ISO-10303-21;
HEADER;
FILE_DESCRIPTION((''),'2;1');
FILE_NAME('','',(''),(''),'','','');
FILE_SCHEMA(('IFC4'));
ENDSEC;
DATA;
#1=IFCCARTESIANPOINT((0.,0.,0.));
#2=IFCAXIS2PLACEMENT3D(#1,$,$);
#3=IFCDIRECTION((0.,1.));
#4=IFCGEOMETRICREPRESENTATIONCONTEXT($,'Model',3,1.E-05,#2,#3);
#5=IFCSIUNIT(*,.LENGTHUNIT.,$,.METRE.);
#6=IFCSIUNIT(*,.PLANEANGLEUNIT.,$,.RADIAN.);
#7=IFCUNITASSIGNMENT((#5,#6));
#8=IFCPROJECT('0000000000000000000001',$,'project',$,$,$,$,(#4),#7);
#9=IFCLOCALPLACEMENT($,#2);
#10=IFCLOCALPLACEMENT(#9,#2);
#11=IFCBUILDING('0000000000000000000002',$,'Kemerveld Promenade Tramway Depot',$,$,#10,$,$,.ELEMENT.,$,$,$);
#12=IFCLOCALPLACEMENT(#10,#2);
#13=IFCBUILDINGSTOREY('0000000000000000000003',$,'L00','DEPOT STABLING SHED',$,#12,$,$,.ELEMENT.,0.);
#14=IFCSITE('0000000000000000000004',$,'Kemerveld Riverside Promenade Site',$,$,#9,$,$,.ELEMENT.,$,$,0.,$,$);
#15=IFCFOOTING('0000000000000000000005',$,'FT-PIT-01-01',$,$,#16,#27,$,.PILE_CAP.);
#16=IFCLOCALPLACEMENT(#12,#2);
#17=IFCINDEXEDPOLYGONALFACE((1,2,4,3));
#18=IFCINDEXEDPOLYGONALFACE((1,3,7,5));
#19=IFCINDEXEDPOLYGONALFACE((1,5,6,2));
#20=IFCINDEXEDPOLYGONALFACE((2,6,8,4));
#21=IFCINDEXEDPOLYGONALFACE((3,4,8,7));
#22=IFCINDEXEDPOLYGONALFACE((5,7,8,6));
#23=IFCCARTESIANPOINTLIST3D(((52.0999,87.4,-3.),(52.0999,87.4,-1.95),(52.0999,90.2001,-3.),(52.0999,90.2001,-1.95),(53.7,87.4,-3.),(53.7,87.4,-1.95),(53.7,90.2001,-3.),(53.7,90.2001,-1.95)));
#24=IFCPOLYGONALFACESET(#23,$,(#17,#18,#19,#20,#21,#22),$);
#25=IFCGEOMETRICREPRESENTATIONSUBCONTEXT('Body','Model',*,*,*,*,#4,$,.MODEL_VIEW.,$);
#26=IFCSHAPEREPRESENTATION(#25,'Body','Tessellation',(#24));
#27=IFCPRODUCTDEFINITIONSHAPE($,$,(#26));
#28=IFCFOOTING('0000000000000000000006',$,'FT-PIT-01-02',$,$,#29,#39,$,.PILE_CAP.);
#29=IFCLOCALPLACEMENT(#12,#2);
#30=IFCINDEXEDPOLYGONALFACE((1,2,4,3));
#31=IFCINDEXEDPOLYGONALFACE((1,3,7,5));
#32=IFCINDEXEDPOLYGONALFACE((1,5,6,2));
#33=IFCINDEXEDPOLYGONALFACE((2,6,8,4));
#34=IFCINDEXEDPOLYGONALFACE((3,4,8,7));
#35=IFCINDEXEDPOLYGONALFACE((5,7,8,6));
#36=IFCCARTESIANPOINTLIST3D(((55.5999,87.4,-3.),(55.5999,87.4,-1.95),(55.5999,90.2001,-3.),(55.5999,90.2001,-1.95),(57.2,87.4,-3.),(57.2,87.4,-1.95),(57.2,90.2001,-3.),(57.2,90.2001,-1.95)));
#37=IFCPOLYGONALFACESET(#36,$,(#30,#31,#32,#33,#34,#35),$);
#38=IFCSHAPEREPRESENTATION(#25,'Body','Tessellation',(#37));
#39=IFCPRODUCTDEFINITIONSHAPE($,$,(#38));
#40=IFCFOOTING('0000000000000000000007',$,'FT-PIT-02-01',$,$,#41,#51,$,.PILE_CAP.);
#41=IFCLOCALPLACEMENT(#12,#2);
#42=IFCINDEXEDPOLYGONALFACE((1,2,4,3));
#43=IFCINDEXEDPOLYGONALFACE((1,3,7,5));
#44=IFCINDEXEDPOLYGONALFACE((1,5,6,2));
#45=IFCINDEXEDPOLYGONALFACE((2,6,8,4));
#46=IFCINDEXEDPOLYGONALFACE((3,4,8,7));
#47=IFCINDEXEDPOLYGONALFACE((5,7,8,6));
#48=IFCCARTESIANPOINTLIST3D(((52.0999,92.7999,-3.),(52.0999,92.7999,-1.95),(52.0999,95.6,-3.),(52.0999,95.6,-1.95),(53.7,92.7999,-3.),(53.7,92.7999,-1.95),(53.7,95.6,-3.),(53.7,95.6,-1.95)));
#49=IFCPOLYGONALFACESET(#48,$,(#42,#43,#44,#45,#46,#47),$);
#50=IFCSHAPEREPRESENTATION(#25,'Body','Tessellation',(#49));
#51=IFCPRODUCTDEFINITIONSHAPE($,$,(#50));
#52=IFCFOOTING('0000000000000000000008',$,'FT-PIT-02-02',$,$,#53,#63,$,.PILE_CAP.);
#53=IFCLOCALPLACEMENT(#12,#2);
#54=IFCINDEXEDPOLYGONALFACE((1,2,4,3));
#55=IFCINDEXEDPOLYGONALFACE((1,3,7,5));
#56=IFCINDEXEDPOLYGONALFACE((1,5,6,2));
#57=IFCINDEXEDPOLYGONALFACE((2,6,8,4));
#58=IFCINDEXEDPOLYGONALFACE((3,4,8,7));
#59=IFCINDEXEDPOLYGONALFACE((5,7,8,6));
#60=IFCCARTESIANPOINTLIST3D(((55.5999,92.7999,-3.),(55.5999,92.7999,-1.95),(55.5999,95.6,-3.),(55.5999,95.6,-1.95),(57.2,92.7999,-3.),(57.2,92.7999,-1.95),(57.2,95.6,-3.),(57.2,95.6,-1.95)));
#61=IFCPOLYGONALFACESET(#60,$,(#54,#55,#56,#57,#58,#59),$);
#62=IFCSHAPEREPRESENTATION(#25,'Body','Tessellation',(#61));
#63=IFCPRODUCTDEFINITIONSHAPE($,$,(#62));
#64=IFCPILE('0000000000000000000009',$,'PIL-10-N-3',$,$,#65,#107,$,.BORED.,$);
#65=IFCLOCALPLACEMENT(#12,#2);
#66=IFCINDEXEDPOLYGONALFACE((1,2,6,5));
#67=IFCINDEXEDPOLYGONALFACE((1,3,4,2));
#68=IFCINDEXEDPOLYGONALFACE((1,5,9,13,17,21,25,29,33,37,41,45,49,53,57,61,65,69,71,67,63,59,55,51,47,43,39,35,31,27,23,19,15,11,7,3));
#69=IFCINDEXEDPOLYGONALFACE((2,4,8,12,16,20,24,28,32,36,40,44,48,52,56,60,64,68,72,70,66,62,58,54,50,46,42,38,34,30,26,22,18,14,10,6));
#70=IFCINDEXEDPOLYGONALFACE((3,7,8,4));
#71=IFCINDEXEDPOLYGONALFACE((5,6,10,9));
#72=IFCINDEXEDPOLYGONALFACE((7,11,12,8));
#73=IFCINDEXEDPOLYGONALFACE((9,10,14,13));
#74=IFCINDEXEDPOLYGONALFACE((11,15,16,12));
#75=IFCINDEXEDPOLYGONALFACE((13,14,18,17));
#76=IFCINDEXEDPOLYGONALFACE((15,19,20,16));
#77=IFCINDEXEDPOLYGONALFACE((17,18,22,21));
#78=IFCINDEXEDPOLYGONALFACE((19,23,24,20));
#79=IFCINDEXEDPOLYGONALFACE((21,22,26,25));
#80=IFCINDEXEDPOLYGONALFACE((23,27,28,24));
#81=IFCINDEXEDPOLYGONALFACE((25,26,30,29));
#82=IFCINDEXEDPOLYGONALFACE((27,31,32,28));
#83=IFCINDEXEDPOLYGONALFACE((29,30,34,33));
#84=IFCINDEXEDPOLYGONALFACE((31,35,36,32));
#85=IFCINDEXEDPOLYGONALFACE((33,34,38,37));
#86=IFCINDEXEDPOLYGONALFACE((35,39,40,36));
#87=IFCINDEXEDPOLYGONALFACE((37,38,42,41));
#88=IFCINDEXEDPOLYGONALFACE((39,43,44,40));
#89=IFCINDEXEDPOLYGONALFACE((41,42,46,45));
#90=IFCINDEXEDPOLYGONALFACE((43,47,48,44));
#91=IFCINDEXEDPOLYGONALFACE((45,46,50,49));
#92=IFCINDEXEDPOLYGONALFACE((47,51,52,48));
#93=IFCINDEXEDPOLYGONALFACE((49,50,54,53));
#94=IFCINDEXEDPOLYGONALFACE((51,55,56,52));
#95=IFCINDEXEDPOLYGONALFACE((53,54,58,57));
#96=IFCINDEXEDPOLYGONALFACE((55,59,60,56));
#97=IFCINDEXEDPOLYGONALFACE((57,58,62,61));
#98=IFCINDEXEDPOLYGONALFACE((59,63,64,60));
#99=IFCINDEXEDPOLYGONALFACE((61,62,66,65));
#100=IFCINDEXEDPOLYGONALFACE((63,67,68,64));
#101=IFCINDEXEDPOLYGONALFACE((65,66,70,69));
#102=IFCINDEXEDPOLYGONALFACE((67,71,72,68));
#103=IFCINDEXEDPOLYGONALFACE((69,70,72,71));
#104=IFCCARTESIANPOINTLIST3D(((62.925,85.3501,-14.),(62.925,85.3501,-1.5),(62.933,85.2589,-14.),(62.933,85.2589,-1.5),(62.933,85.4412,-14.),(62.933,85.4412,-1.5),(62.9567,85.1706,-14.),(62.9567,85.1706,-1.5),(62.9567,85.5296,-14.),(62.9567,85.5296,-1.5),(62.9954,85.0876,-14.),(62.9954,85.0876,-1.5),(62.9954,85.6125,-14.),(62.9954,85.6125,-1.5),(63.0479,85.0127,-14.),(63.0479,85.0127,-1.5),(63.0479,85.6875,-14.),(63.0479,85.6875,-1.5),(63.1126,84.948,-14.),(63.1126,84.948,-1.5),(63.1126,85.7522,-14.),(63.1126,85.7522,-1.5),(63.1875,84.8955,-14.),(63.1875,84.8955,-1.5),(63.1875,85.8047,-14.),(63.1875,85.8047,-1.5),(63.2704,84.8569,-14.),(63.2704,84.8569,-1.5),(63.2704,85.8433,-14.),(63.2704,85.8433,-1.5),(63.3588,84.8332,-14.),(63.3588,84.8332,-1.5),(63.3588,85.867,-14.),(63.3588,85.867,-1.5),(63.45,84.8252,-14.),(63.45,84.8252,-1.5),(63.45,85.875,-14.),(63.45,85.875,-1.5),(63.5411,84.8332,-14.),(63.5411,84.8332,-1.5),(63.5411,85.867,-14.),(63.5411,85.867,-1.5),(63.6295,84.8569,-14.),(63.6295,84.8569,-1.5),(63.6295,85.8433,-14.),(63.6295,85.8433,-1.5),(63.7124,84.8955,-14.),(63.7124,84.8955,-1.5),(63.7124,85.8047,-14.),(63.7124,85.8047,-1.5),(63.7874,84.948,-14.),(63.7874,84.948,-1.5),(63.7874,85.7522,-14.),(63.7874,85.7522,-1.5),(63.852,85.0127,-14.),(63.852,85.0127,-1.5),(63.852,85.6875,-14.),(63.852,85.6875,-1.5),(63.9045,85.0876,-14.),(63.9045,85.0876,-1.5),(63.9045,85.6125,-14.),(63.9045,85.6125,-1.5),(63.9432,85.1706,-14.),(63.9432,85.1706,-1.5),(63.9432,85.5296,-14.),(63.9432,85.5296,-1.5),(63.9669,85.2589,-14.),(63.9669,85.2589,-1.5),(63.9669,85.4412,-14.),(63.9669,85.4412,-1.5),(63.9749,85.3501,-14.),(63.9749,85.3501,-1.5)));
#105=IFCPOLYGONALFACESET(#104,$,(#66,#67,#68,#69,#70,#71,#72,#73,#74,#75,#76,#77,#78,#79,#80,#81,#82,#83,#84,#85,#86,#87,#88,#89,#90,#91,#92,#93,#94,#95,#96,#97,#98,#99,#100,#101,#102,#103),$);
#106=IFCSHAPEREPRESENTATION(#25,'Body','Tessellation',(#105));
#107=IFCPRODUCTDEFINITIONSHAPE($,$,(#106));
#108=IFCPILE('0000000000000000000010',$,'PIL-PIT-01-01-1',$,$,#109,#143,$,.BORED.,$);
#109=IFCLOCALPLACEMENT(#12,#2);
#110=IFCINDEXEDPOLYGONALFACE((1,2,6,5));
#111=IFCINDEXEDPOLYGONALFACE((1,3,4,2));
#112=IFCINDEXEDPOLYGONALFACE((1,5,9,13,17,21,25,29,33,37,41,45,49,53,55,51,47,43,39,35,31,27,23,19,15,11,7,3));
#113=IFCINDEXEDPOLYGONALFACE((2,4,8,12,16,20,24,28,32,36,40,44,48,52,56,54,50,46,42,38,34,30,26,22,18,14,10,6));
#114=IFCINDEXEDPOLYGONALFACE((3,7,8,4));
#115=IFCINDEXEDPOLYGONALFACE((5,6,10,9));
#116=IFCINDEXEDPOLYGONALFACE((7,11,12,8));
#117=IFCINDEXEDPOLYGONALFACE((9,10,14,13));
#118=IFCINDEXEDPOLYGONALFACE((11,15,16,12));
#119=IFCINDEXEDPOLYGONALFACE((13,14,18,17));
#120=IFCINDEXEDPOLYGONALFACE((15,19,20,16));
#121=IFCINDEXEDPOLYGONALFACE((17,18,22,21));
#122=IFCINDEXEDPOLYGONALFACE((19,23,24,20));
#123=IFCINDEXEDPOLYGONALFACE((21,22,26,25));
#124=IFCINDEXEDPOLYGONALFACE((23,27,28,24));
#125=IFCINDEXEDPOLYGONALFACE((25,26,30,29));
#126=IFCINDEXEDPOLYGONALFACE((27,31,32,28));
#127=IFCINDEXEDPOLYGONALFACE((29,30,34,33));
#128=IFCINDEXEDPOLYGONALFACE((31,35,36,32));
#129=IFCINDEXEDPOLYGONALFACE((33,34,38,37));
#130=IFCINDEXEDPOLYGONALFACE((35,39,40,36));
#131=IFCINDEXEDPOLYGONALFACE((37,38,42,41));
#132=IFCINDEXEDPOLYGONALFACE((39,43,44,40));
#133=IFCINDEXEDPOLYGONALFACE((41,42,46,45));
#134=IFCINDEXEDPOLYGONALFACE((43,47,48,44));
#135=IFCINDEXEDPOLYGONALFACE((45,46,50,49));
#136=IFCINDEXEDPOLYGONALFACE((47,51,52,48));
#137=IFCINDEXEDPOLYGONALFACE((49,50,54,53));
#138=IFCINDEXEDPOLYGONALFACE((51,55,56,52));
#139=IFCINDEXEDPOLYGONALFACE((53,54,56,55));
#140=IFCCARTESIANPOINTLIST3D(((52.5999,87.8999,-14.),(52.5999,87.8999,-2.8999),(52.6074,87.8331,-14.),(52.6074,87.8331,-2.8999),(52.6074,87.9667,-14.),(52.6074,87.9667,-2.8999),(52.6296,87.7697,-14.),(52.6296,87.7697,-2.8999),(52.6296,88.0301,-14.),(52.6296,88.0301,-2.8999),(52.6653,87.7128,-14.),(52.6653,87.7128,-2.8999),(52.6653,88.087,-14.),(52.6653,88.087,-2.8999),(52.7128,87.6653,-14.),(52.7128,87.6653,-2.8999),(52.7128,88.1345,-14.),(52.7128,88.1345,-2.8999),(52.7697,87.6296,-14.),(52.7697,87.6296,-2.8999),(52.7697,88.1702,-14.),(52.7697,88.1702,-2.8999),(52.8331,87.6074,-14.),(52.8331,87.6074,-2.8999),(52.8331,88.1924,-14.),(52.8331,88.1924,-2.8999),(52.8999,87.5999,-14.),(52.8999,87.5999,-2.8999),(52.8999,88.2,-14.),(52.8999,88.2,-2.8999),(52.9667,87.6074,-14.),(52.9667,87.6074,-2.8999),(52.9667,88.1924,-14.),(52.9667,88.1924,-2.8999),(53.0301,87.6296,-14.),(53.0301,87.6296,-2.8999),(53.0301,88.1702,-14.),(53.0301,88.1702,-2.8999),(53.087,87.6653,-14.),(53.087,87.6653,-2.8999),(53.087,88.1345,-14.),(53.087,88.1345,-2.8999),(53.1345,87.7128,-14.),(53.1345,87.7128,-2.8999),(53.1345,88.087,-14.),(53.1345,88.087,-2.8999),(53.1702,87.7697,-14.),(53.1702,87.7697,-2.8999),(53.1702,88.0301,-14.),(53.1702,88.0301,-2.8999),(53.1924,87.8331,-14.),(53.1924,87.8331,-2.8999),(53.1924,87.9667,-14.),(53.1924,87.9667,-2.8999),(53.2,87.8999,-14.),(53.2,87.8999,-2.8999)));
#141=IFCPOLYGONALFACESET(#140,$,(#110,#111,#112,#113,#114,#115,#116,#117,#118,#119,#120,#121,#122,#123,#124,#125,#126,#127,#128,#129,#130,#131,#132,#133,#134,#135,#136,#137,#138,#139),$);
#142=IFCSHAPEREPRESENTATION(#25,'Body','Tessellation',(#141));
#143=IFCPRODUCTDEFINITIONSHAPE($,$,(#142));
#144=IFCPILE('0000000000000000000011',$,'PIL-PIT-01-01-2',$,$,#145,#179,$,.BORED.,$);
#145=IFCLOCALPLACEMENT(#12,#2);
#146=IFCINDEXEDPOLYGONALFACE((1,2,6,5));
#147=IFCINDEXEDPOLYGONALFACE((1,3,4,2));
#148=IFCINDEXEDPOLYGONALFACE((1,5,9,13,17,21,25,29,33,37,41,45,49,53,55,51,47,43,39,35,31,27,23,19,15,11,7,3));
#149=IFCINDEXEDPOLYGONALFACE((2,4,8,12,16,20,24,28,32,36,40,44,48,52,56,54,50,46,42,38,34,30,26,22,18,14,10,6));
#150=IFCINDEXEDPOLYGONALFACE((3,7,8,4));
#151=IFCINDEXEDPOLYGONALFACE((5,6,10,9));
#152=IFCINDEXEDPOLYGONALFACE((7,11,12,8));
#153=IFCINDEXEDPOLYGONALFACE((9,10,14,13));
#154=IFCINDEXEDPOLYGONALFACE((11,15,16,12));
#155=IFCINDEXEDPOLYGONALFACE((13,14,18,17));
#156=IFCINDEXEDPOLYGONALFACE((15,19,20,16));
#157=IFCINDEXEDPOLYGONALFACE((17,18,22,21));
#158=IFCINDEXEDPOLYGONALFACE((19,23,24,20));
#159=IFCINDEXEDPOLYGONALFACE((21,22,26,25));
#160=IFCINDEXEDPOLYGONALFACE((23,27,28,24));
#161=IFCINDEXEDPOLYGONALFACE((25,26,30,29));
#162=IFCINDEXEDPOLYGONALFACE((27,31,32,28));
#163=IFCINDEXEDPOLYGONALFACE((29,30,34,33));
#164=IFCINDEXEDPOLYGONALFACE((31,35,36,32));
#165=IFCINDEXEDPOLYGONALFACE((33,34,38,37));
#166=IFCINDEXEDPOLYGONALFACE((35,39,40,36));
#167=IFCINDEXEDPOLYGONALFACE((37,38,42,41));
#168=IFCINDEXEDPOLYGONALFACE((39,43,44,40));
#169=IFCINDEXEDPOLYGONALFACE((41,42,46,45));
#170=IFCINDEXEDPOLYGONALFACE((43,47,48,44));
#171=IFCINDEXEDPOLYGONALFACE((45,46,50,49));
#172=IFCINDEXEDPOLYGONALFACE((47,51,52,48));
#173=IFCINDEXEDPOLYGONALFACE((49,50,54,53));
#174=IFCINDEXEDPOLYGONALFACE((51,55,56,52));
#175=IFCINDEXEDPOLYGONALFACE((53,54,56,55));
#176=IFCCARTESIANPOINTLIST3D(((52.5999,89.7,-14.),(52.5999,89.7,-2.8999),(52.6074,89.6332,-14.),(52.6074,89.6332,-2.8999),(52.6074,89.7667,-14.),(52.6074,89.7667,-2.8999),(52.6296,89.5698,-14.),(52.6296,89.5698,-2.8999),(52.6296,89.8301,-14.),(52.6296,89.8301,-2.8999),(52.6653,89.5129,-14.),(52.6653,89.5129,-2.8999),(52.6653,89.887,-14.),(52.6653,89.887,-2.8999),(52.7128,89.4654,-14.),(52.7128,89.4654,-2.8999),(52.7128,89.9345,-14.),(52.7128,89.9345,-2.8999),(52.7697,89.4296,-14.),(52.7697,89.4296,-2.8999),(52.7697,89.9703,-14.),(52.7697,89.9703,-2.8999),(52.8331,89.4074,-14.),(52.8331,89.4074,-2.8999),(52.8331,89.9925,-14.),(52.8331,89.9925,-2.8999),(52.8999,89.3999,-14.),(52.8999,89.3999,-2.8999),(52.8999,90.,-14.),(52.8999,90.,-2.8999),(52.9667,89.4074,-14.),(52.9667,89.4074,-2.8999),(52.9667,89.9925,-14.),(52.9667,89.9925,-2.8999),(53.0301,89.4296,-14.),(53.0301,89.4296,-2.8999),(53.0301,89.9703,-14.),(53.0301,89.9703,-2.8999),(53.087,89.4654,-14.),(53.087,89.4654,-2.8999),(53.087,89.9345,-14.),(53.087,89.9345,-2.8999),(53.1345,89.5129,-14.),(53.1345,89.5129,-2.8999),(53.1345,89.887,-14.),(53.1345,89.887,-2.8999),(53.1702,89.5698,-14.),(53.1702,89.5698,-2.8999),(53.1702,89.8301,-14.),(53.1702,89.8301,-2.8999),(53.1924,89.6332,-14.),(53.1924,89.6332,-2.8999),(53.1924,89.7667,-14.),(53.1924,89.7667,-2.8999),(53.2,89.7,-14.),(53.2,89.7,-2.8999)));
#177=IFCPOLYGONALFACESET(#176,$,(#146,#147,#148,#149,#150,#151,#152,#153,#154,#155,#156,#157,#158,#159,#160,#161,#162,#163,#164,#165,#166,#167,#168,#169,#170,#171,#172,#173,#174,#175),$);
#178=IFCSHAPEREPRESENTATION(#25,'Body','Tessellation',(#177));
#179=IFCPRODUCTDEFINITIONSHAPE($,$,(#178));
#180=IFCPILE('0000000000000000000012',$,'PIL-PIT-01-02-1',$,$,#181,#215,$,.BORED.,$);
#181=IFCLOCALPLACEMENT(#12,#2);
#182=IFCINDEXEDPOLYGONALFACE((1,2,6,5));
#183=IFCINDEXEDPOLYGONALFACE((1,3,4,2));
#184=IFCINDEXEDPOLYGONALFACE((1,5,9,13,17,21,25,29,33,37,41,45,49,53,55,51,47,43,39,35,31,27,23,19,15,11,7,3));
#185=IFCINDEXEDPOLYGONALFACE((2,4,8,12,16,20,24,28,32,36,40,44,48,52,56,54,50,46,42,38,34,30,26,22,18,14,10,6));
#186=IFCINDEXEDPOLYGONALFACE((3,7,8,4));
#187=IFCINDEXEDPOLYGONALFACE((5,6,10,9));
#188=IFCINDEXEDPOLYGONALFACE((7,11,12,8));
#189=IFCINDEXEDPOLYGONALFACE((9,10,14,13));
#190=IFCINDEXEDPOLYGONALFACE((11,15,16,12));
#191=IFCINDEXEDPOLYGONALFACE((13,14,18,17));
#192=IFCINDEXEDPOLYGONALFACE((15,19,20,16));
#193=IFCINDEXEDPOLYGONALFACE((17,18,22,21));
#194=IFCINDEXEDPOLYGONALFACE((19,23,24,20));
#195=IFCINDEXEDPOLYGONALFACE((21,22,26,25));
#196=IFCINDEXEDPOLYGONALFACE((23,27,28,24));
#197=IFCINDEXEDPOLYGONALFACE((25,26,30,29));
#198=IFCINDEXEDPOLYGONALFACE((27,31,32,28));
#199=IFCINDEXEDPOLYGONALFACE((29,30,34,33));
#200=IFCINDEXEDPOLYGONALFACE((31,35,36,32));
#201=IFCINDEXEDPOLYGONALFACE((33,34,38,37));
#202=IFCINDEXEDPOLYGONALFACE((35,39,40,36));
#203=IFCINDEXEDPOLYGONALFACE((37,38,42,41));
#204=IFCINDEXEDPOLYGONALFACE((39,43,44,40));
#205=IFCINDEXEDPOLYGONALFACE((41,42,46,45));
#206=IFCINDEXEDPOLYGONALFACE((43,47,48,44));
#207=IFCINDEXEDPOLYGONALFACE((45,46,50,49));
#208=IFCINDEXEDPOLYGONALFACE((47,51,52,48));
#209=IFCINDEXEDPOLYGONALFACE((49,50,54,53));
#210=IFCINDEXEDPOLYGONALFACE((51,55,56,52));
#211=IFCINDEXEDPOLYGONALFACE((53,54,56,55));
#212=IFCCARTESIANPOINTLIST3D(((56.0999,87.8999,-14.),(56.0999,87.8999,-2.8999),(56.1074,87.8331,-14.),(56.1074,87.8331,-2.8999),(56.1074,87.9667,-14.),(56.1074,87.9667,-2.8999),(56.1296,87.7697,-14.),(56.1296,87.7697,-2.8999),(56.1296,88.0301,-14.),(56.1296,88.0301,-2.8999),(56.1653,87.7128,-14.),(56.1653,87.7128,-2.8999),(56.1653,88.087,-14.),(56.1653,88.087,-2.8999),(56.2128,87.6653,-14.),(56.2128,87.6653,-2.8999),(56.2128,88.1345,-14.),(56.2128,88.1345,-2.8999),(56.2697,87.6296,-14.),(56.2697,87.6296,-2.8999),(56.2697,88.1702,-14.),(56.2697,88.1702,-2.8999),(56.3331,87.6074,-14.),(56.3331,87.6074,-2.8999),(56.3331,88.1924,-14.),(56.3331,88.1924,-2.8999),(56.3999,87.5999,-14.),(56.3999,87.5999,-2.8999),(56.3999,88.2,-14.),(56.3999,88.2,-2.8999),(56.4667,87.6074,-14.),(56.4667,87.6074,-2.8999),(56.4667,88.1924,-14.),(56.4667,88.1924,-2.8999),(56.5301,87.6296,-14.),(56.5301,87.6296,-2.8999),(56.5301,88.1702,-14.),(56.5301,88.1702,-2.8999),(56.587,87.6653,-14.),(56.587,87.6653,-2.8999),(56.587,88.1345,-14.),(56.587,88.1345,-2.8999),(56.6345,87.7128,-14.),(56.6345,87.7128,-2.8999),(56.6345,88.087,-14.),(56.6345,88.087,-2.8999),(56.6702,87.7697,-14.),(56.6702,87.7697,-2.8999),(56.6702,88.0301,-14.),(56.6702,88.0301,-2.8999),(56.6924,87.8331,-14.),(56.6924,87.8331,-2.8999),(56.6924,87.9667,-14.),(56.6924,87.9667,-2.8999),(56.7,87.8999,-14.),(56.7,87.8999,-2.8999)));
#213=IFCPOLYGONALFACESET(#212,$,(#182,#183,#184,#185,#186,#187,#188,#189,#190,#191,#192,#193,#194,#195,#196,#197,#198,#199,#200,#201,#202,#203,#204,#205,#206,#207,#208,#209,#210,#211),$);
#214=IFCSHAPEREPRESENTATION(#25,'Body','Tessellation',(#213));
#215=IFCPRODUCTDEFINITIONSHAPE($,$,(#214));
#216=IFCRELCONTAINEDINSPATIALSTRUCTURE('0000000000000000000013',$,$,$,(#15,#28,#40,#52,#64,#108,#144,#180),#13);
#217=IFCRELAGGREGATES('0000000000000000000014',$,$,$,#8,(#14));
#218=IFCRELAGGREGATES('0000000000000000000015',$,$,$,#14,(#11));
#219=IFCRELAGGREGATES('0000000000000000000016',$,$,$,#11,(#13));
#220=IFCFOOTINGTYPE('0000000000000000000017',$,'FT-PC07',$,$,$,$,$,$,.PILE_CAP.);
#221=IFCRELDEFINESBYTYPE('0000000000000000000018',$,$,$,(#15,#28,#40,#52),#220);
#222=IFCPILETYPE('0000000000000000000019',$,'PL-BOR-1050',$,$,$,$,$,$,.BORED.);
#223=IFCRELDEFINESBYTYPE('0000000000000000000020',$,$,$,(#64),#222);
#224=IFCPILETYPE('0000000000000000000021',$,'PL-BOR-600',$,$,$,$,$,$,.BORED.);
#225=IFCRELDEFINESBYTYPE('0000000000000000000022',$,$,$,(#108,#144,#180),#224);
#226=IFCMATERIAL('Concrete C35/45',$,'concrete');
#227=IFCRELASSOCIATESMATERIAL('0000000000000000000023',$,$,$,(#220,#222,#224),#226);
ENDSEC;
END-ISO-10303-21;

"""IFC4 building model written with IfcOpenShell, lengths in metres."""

from ifc_helpers import new_model, si_unit, direction, frame, origin, origin_2d, place, context, subcontext, project, spatial, rectangle, circle, extrude, material, material_profile, profile_set, type_object, element, save


model = new_model("IFC4")

# Units and contexts
model_context = context("Model", 3, precision=1e-05, world=origin(), true_north=direction((0.0, 1.0)))
body_context = subcontext(model_context, "Body", "Model", "MODEL_VIEW")
ifc_project = project(units=[si_unit("LENGTHUNIT", "METRE"), si_unit("PLANEANGLEUNIT", "RADIAN")], contexts=[model_context])

# Site, building, storey
site_placement = place(None, origin())
site = spatial("IfcSite", under=ifc_project, at=site_placement, Name="Kemerveld Riverside Promenade Site", CompositionType="ELEMENT", RefElevation=0.0)
building_placement = place(site_placement, origin())
building = spatial("IfcBuilding", under=site, at=building_placement, Name="Kemerveld Promenade Tramway Depot", CompositionType="ELEMENT")
storey_placement = place(building_placement, origin())
storey = spatial("IfcBuildingStorey", under=building, at=storey_placement, Name="L00", Description="DEPOT STABLING SHED", CompositionType="ELEMENT", Elevation=0.0)

# Footings
ifc_material_1 = material(Name="Concrete C35/45", Category="concrete")
footing_type = type_object("IfcFootingType", Name="FT-PC07", PredefinedType="PILE_CAP", material=ifc_material_1)
for number, where, z_axis, x_axis, name in (
    (1, (52.8999, 88.8, -3.0), (0.0, 0.0, 1.0), (1.0, 0.0, 0.0), "FT-PIT-01-01"),
    (2, (56.3999, 88.8, -3.0), (0.0, 0.0, 1.0), (1.0, 0.0, 0.0), "FT-PIT-01-02"),
    (3, (52.8999, 94.2, -3.0), (0.0, 0.0, 1.0), (1.0, 0.0, 0.0), "FT-PIT-02-01"),
    (4, (56.3999, 94.2, -3.0), (0.0, 0.0, 1.0), (1.0, 0.0, 0.0), "FT-PIT-02-02"),
):
    element("IfcFooting", number, at=place(storey_placement, frame(where, z_axis=z_axis, x_axis=x_axis)), inside=storey, type_object=footing_type, Name=name, PredefinedType="PILE_CAP", context=body_context, shape_type="SweptSolid", body=[
        extrude(rectangle(XDim=1.6001, YDim=2.8, at=origin_2d()), origin(), (0.0, 0.0, 1.0), 1.05),
    ])

# Piles
ifc_material_profile_1 = material_profile(ifc_material_1, circle(Radius=0.5249, at=origin_2d()), Name="PILE-D1050")
ifc_profile_set_1 = profile_set([ifc_material_profile_1], Name="Concrete C35/45")
pile_type_1 = type_object("IfcPileType", Name="PL-BOR-1050", PredefinedType="BORED", material=ifc_profile_set_1)
pile_placement = place(storey_placement, frame((63.45, 85.3501, -1.5), z_axis=(0.0, 0.0, -1.0), x_axis=(1.0, 0.0, 0.0)))
element("IfcPile", 5, at=pile_placement, inside=storey, type_object=pile_type_1, Name="PIL-10-N-3", PredefinedType="BORED", context=body_context, shape_type="SweptSolid", body=[
    extrude(circle(Radius=0.5249, at=origin_2d()), origin(), (0.0, 0.0, 1.0), 12.5),
])
ifc_material_profile_2 = material_profile(ifc_material_1, circle(Radius=0.3, at=origin_2d()), Name="PILE-D600")
ifc_profile_set_2 = profile_set([ifc_material_profile_2], Name="Concrete C35/45")
pile_type_2 = type_object("IfcPileType", Name="PL-BOR-600", PredefinedType="BORED", material=ifc_profile_set_2)
for number, where, z_axis, x_axis, name in (
    (6, (52.8999, 87.8999, -2.8999), (0.0, 0.0, -1.0), (1.0, 0.0, 0.0), "PIL-PIT-01-01-1"),
    (7, (52.8999, 89.7, -2.8999), (0.0, 0.0, -1.0), (1.0, 0.0, 0.0), "PIL-PIT-01-01-2"),
    (8, (56.3999, 87.8999, -2.8999), (0.0, 0.0, -1.0), (1.0, 0.0, 0.0), "PIL-PIT-01-02-1"),
):
    element("IfcPile", number, at=place(storey_placement, frame(where, z_axis=z_axis, x_axis=x_axis)), inside=storey, type_object=pile_type_2, Name=name, PredefinedType="BORED", context=body_context, shape_type="SweptSolid", body=[
        extrude(circle(Radius=0.3, at=origin_2d()), origin(), (0.0, 0.0, 1.0), 11.1001),
    ])

save(model, "model.ifc")
